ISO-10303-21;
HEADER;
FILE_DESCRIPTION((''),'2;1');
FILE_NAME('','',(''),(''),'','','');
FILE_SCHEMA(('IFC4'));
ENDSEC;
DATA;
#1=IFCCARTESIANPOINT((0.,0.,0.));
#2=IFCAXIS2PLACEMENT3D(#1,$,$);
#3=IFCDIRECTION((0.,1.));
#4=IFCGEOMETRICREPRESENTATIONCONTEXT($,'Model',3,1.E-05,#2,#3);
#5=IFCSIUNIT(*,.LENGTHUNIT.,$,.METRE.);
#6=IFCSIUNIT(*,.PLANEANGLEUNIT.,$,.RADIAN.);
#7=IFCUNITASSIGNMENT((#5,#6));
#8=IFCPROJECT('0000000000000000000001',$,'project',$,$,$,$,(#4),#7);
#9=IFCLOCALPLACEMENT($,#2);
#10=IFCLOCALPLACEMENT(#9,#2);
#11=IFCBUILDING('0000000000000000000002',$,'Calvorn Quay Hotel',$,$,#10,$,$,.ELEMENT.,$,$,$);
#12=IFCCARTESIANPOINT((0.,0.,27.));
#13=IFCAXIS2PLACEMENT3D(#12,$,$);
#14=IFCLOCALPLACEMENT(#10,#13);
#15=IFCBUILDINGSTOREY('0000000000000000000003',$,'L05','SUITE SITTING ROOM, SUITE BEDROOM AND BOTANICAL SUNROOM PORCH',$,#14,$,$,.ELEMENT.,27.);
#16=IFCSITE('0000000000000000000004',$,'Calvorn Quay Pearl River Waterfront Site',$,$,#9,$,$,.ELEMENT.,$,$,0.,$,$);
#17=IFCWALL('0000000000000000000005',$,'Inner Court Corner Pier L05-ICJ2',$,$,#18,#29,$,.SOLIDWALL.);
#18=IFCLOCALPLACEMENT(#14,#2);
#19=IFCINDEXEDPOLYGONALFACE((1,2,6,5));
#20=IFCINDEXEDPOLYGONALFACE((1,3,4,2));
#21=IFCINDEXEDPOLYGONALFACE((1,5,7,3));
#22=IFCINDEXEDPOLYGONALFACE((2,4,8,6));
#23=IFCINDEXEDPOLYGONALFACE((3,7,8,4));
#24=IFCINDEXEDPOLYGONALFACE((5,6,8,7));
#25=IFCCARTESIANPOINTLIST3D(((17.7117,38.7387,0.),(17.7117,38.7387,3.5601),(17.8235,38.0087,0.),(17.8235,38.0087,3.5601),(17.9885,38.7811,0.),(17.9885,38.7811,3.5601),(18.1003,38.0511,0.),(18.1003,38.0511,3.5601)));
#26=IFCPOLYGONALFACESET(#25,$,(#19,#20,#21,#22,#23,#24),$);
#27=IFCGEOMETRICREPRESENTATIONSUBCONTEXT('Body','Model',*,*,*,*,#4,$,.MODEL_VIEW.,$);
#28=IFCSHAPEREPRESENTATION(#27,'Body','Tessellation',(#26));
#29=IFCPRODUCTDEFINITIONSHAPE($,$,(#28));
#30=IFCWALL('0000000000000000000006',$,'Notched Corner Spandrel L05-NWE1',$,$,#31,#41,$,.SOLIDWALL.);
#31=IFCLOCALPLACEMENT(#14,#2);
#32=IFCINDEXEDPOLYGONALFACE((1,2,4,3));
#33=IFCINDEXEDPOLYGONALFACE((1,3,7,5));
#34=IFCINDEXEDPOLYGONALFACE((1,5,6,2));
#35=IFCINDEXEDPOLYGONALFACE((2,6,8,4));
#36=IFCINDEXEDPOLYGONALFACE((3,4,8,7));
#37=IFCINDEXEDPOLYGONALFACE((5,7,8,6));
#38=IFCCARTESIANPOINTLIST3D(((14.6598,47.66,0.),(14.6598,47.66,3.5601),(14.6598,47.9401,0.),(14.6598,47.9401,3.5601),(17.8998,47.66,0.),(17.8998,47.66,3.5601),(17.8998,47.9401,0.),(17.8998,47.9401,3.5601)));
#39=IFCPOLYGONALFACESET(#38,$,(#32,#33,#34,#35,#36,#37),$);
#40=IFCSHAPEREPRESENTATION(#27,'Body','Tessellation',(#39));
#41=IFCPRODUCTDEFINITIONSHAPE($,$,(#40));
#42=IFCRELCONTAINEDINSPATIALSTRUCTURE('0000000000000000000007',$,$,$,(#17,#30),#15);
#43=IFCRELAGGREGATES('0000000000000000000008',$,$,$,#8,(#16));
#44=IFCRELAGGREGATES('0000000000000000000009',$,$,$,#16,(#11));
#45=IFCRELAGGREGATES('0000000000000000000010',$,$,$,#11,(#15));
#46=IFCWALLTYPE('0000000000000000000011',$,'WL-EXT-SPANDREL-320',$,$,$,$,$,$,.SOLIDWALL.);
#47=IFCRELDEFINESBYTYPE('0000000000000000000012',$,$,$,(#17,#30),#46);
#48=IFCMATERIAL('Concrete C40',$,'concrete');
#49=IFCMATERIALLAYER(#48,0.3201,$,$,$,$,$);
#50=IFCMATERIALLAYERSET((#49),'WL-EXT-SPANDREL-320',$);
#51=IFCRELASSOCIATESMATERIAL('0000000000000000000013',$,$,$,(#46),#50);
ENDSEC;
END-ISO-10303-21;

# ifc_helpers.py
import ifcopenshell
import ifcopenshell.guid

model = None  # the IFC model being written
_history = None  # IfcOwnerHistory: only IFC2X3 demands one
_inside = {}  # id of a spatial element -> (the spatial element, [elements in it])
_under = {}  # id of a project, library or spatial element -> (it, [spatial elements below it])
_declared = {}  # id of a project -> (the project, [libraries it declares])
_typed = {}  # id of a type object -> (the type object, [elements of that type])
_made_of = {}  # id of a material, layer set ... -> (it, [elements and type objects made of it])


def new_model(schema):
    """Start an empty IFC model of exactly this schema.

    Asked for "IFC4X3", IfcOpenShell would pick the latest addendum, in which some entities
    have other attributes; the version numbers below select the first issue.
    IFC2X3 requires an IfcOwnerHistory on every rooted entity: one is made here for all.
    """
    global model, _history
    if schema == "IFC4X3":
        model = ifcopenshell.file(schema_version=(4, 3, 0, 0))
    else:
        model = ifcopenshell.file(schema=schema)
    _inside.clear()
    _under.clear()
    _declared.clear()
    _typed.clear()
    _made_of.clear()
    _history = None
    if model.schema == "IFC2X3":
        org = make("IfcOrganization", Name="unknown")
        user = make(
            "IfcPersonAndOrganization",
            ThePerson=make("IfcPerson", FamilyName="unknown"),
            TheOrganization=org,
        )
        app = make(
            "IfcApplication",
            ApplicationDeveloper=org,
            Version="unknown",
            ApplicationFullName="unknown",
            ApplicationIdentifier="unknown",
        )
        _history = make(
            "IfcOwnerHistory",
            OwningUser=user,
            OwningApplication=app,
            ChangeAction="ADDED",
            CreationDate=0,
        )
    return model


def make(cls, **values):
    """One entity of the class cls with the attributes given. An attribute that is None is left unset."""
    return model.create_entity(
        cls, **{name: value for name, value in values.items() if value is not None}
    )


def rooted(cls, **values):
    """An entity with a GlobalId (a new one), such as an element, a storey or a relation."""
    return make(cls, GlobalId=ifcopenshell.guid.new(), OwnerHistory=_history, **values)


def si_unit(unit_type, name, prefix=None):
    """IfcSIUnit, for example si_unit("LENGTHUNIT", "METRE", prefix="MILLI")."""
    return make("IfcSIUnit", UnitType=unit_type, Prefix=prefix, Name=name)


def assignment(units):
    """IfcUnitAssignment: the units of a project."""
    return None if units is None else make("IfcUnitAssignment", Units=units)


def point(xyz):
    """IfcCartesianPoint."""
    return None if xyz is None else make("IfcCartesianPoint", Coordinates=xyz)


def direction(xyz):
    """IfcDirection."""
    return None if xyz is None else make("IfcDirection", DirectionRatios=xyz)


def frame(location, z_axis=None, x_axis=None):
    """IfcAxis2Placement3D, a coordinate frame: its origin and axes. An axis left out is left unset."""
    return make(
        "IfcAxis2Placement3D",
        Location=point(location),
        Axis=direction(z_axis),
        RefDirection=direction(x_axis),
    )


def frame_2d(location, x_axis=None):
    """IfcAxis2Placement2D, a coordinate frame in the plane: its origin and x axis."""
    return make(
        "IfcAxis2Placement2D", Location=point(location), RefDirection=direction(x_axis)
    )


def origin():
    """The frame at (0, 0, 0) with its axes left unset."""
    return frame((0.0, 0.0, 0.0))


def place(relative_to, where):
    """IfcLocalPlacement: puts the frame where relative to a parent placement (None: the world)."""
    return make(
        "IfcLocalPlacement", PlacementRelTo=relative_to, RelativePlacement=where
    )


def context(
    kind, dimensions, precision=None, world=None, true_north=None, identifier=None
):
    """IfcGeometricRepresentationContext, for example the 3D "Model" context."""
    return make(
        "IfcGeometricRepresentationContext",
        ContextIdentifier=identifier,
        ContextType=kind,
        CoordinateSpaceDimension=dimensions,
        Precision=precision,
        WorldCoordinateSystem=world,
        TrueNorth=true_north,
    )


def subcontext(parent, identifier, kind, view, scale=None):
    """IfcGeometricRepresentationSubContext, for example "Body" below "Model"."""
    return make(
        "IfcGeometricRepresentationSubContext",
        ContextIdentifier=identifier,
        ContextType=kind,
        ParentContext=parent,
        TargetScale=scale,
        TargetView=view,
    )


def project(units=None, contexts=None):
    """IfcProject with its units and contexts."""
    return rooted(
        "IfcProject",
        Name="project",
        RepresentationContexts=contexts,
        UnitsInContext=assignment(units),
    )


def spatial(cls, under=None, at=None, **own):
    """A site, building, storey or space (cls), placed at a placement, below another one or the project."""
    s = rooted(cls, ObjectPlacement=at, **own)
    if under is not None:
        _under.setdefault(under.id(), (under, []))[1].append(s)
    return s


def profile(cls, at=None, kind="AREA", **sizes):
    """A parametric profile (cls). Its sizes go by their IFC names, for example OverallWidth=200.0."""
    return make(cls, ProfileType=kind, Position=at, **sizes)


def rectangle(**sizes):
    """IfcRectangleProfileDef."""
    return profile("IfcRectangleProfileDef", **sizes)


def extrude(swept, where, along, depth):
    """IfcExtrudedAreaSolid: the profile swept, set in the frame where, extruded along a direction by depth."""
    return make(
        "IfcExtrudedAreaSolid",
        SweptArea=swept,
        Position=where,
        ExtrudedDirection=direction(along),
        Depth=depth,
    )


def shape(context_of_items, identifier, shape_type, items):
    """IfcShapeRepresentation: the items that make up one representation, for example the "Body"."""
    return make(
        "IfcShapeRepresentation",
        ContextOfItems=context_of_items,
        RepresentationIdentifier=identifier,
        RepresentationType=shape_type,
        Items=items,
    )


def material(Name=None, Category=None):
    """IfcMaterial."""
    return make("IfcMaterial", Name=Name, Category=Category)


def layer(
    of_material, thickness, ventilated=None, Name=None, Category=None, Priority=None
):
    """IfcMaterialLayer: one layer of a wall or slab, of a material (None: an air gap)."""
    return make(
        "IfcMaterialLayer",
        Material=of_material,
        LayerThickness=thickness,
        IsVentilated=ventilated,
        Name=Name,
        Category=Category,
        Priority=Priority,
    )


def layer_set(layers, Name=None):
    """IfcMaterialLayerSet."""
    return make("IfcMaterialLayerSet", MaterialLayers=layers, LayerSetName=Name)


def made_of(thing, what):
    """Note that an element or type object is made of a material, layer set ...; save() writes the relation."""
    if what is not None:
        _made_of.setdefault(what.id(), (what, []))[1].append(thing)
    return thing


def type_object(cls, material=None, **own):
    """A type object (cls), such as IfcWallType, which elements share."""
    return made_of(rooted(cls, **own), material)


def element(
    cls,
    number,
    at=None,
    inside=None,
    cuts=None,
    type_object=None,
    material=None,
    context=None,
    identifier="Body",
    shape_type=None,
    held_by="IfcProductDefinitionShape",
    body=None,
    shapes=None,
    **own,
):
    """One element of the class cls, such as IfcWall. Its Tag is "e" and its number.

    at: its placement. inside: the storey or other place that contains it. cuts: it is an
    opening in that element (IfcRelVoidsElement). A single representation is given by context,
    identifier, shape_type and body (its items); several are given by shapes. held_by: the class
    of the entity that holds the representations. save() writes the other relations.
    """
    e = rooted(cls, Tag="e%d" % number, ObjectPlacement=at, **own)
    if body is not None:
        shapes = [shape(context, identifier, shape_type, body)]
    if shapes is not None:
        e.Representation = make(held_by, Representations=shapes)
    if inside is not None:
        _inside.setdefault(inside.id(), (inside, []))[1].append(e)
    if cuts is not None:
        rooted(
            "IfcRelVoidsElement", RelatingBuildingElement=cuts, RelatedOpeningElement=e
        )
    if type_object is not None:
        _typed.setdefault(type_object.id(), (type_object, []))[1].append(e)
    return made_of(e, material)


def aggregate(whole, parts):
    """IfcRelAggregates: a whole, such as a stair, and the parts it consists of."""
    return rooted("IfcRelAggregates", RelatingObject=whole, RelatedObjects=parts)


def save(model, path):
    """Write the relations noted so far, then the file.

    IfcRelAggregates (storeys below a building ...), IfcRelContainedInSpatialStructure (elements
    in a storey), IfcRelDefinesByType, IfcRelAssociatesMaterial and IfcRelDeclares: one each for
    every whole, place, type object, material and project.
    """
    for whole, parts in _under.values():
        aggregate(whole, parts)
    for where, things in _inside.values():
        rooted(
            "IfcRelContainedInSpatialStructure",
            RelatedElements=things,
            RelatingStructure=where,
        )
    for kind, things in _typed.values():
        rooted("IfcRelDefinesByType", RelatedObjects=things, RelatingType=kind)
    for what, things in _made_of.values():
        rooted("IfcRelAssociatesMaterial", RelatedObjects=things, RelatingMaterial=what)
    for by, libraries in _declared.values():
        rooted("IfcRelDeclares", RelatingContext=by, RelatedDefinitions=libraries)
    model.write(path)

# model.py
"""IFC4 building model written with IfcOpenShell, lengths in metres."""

from ifc_helpers import new_model, si_unit, direction, frame, frame_2d, origin, place, context, subcontext, project, spatial, rectangle, extrude, material, layer, layer_set, type_object, element, save


model = new_model("IFC4")

# Units and contexts
model_context = context("Model", 3, precision=1e-05, world=origin(), true_north=direction((0.0, 1.0)))
body_context = subcontext(model_context, "Body", "Model", "MODEL_VIEW")
ifc_project = project(units=[si_unit("LENGTHUNIT", "METRE"), si_unit("PLANEANGLEUNIT", "RADIAN")], contexts=[model_context])

# Site, building, storey
site_placement = place(None, origin())
site = spatial("IfcSite", under=ifc_project, at=site_placement, Name="Calvorn Quay Pearl River Waterfront Site", CompositionType="ELEMENT", RefElevation=0.0)
building_placement = place(site_placement, origin())
building = spatial("IfcBuilding", under=site, at=building_placement, Name="Calvorn Quay Hotel", CompositionType="ELEMENT")
storey_placement = place(building_placement, frame((0.0, 0.0, 27.0)))
storey = spatial("IfcBuildingStorey", under=building, at=storey_placement, Name="L05", Description="SUITE SITTING ROOM, SUITE BEDROOM AND BOTANICAL SUNROOM PORCH", CompositionType="ELEMENT", Elevation=27.0)

# Walls
ifc_material_1 = material(Name="Concrete C40", Category="concrete")
ifc_layer_1 = layer(ifc_material_1, 0.3201)
ifc_layer_set_1 = layer_set([ifc_layer_1], Name="WL-EXT-SPANDREL-320")
wall_type = type_object("IfcWallType", Name="WL-EXT-SPANDREL-320", PredefinedType="SOLIDWALL", material=ifc_layer_set_1)
wall_1_placement = place(storey_placement, frame((17.9619, 38.03, 0.0), z_axis=(0.0, 0.0, 1.0), x_axis=(-0.151411, 0.988471, 0.0)))
element("IfcWall", 1, at=wall_1_placement, inside=storey, type_object=wall_type, Name="Inner Court Corner Pier L05-ICJ2", PredefinedType="SOLIDWALL", context=body_context, shape_type="SweptSolid", body=[
    extrude(rectangle(XDim=0.7385, YDim=0.28, at=frame_2d((0.3691, 0.0))), origin(), (0.0, 0.0, 1.0), 3.5601),
])
wall_2_placement = place(storey_placement, frame((17.8999, 47.8, 0.0), z_axis=(0.0, 0.0, 1.0), x_axis=(-1.0, 0.0, 0.0)))
element("IfcWall", 2, at=wall_2_placement, inside=storey, type_object=wall_type, Name="Notched Corner Spandrel L05-NWE1", PredefinedType="SOLIDWALL", context=body_context, shape_type="SweptSolid", body=[
    extrude(rectangle(XDim=3.24, YDim=0.28, at=frame_2d((1.6201, 0.0))), origin(), (0.0, 0.0, 1.0), 3.5601),
])

save(model, "model.ifc")
